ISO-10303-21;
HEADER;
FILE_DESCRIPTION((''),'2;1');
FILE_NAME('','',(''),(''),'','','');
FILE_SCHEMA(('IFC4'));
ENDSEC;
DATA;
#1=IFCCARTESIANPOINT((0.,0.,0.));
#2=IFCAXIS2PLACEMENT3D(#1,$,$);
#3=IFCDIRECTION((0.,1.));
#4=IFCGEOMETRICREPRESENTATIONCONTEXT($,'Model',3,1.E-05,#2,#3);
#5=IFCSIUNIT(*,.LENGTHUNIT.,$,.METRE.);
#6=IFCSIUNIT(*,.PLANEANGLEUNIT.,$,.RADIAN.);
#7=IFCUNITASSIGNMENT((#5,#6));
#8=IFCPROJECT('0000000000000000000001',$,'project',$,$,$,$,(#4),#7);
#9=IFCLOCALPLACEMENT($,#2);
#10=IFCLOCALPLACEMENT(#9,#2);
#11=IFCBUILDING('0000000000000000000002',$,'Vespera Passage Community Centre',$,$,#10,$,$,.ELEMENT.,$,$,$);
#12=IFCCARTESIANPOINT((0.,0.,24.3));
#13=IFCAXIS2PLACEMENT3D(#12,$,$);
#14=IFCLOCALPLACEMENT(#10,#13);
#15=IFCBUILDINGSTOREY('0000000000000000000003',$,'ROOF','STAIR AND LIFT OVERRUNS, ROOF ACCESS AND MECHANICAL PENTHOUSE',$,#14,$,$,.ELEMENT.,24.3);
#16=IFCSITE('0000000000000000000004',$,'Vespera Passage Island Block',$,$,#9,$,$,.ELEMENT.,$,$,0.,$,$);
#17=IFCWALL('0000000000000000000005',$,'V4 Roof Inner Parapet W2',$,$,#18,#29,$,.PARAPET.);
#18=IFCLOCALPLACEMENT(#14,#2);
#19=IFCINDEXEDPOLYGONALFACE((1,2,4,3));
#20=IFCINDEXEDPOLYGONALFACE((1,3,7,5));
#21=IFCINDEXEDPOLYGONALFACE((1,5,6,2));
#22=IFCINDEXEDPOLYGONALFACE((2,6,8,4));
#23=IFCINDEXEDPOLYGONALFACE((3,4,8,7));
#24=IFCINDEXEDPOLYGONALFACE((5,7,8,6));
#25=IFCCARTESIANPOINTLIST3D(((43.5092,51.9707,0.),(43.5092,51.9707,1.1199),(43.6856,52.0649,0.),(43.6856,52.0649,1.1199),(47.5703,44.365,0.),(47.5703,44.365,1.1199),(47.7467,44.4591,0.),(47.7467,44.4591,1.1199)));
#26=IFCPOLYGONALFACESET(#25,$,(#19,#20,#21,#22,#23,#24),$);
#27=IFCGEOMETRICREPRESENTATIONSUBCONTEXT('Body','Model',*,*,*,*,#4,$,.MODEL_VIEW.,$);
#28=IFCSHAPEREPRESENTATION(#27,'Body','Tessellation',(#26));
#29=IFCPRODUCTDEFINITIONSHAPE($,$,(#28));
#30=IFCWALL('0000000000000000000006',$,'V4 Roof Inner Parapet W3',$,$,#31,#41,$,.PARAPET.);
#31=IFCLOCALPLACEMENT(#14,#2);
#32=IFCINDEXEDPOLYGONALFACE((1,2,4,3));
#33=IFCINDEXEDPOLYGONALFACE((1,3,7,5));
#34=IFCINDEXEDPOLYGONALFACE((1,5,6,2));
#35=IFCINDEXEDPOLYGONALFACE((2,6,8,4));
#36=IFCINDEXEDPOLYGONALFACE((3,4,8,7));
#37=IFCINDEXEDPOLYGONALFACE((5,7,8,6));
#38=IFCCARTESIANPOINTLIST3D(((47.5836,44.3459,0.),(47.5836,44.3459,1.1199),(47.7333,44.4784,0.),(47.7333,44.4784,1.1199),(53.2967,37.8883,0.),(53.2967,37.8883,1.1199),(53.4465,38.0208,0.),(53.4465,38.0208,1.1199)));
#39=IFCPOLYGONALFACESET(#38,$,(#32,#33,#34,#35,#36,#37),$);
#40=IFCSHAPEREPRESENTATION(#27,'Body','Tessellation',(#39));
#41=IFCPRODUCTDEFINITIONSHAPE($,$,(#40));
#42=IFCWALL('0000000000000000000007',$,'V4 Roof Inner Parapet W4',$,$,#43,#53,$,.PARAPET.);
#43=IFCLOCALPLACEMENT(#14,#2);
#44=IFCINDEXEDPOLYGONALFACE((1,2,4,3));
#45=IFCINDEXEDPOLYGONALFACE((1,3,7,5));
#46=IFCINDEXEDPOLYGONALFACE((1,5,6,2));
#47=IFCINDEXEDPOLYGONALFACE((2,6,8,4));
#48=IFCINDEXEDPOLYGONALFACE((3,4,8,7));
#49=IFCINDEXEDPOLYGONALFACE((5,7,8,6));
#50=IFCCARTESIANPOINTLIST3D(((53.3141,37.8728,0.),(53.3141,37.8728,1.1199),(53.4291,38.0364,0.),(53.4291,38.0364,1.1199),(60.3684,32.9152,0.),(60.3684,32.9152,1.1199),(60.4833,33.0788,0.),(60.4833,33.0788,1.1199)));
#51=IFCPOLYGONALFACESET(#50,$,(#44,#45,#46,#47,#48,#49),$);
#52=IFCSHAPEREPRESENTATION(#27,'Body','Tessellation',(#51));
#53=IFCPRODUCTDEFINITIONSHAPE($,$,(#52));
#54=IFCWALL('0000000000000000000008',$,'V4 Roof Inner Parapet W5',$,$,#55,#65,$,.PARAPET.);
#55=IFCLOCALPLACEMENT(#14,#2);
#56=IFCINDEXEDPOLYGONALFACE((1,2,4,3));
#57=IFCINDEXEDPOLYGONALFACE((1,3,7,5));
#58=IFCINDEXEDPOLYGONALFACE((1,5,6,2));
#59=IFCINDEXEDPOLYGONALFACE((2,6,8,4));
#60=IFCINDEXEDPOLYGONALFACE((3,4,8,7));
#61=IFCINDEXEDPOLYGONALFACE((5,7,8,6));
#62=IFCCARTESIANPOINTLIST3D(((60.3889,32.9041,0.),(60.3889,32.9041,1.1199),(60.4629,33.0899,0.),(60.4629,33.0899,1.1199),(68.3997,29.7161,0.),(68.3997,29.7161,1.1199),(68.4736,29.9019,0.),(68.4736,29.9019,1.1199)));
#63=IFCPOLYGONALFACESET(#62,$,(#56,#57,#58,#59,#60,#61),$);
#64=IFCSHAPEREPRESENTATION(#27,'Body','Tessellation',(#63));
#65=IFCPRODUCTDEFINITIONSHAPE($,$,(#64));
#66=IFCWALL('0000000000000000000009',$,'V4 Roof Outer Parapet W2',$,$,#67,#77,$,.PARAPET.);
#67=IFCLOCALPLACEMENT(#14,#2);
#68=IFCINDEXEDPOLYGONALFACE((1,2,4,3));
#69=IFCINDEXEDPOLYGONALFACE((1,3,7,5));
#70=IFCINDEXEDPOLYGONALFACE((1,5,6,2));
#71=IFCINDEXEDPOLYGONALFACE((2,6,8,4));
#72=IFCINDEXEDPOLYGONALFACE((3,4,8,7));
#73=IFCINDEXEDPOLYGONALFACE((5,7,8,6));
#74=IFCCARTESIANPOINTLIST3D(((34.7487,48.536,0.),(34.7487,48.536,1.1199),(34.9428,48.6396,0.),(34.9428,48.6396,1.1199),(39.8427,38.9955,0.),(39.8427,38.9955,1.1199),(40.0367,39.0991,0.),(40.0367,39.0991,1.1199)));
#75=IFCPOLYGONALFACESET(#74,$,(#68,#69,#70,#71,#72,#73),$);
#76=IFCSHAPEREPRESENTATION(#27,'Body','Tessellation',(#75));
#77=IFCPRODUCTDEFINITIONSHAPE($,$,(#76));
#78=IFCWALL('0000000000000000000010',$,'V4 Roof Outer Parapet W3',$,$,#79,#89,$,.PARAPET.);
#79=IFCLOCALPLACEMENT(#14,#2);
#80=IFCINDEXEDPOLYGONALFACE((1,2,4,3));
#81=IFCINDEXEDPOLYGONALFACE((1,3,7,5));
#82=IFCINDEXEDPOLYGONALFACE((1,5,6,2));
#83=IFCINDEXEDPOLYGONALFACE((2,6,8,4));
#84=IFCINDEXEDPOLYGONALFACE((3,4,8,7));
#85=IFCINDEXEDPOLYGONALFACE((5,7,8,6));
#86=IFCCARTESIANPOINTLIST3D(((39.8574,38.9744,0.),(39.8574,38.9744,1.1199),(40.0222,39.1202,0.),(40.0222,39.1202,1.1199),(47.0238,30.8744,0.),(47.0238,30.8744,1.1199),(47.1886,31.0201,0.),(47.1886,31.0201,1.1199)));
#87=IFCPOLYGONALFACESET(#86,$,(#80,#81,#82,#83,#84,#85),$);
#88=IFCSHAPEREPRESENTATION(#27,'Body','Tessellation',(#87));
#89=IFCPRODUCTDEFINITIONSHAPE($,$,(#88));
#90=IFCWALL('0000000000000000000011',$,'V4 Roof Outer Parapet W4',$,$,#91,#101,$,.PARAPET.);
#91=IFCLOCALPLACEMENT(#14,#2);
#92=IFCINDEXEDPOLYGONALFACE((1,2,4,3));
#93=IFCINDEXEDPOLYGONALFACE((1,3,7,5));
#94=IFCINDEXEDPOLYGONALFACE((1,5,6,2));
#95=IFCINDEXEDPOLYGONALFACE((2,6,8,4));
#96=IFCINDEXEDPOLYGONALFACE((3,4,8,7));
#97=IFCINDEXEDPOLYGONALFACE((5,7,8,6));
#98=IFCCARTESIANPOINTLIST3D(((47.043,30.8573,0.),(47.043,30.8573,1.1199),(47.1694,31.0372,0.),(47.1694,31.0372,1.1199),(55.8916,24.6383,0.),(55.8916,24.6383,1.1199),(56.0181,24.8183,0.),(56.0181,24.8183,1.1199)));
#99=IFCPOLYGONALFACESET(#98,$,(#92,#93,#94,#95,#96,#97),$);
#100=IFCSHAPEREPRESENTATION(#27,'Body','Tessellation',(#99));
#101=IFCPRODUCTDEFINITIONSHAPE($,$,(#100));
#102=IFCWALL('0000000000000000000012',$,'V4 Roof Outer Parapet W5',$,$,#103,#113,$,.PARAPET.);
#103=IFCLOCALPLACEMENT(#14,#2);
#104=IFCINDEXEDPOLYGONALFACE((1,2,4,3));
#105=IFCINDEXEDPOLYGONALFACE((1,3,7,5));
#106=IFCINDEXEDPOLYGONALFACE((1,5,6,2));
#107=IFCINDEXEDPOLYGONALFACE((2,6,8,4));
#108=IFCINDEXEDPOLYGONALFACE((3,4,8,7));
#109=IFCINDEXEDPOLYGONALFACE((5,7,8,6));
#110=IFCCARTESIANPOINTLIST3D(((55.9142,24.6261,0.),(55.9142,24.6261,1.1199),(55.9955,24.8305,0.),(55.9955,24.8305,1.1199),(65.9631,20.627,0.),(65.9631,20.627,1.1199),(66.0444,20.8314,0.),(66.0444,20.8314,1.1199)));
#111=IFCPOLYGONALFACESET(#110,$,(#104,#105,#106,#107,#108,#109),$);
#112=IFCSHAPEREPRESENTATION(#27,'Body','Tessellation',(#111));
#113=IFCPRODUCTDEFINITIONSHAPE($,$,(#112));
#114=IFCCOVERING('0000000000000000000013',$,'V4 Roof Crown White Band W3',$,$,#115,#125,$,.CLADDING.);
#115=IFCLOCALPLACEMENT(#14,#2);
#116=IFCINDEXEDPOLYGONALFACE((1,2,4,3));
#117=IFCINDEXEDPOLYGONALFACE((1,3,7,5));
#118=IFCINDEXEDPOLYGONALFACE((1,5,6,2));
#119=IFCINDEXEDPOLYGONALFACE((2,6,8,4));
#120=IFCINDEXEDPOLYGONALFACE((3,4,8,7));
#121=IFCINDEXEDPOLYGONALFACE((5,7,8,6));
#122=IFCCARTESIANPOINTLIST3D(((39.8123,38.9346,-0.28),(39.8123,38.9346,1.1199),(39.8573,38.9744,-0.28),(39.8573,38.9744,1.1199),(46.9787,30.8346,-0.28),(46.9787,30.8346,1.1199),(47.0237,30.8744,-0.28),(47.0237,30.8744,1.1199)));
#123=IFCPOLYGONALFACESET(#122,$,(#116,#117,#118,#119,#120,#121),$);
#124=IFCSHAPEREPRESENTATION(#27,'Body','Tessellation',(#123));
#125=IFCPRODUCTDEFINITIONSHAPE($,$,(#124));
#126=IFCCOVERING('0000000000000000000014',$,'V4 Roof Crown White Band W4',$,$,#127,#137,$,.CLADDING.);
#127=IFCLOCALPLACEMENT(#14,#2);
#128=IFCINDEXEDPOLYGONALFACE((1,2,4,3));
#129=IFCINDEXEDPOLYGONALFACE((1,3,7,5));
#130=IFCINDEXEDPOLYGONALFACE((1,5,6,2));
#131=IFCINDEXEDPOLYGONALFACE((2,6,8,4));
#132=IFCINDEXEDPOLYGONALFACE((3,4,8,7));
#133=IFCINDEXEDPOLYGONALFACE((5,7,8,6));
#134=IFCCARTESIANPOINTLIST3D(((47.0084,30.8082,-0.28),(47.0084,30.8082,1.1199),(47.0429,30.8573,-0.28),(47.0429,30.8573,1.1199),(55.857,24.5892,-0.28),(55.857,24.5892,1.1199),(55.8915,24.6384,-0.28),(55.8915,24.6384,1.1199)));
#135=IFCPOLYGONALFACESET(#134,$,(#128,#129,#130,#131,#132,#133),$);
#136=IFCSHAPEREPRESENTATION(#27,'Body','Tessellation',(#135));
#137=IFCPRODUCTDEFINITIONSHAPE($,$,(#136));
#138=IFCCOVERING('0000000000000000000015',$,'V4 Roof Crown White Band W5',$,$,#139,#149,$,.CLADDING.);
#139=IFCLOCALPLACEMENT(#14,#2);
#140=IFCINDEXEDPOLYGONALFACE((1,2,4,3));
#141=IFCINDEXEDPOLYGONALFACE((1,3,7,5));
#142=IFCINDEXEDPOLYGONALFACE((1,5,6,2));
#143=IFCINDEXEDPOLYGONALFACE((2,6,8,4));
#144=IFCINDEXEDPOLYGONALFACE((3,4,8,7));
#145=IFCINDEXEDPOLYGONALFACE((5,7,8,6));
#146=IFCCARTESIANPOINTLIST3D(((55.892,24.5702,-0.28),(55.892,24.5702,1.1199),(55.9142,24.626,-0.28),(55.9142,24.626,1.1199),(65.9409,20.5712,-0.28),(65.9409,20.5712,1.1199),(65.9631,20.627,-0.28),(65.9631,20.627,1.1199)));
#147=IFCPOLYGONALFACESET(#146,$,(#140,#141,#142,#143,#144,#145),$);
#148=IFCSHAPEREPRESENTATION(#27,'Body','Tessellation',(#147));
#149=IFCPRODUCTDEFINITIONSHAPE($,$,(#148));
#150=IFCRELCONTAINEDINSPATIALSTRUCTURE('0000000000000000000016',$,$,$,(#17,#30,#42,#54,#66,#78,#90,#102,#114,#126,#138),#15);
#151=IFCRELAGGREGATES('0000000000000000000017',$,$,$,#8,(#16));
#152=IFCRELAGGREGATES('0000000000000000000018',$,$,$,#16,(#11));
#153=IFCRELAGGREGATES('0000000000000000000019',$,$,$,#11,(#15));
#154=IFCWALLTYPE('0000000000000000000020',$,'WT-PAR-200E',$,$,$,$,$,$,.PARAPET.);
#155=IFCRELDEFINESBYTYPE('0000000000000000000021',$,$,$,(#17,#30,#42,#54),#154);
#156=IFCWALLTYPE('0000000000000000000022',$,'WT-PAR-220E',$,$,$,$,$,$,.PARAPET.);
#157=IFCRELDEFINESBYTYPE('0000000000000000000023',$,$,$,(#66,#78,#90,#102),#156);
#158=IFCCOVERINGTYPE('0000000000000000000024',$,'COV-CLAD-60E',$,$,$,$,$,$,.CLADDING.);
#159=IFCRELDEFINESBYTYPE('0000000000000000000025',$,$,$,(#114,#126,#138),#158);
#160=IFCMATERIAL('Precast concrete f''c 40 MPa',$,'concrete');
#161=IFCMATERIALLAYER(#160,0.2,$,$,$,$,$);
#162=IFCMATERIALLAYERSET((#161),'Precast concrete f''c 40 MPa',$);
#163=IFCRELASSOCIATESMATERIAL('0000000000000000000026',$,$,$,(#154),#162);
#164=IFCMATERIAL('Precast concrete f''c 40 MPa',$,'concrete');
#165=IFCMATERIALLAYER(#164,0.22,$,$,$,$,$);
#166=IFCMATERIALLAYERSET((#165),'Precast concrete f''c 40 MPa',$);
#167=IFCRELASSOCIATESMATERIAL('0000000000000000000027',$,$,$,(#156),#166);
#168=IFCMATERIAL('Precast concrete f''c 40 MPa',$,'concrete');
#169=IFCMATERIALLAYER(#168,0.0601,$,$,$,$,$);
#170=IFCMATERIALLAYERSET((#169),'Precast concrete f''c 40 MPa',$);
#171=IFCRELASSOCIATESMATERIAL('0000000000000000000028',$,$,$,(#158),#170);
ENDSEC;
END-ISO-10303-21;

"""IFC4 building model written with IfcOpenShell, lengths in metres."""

from ifc_helpers import new_model, si_unit, direction, frame, frame_2d, origin, place, context, subcontext, project, spatial, rectangle, extrude, material, layer, layer_set, type_object, element, save


model = new_model("IFC4")

# Units and contexts
model_context = context("Model", 3, precision=1e-05, world=origin(), true_north=direction((0.0, 1.0)))
body_context = subcontext(model_context, "Body", "Model", "MODEL_VIEW")
ifc_project = project(units=[si_unit("LENGTHUNIT", "METRE"), si_unit("PLANEANGLEUNIT", "RADIAN")], contexts=[model_context])

# Site, building, storey
site_placement = place(None, origin())
site = spatial("IfcSite", under=ifc_project, at=site_placement, Name="Vespera Passage Island Block", CompositionType="ELEMENT", RefElevation=0.0)
building_placement = place(site_placement, origin())
building = spatial("IfcBuilding", under=site, at=building_placement, Name="Vespera Passage Community Centre", CompositionType="ELEMENT")
storey_placement = place(building_placement, frame((0.0, 0.0, 24.3)))
storey = spatial("IfcBuildingStorey", under=building, at=storey_placement, Name="ROOF", Description="STAIR AND LIFT OVERRUNS, ROOF ACCESS AND MECHANICAL PENTHOUSE", CompositionType="ELEMENT", Elevation=24.3)

# Walls
ifc_material_1 = material(Name="Precast concrete f'c 40 MPa", Category="concrete")
ifc_layer_1 = layer(ifc_material_1, 0.2)
ifc_layer_set_1 = layer_set([ifc_layer_1], Name="Precast concrete f'c 40 MPa")
wall_type_1 = type_object("IfcWallType", Name="WT-PAR-200E", PredefinedType="PARAPET", material=ifc_layer_set_1)
for number, where, z_axis, x_axis, name in (
    (1, (43.5974, 52.0178, 0.0), (0.0, 0.0, 1.0), (0.471009, -0.882129, 0.0), "V4 Roof Inner Parapet W2"),
    (2, (47.6584, 44.4121, 0.0), (0.0, 0.0, 1.0), (0.66262, -0.748955, 0.0), "V4 Roof Inner Parapet W3"),
    (3, (53.3716, 37.9546, 0.0), (0.0, 0.0, 1.0), (0.818164, -0.574985, 0.0), "V4 Roof Inner Parapet W4"),
):
    element("IfcWall", number, at=place(storey_placement, frame(where, z_axis=z_axis, x_axis=x_axis)), inside=storey, type_object=wall_type_1, Name=name, PredefinedType="PARAPET", context=body_context, shape_type="SweptSolid", body=[
        extrude(rectangle(XDim=8.6221, YDim=0.2, at=frame_2d((4.311, 0.0))), origin(), (0.0, 0.0, 1.0), 1.1199),
    ])
wall_1_placement = place(storey_placement, frame((60.4258, 32.9971, 0.0), z_axis=(0.0, 0.0, 1.0), x_axis=(0.929128, -0.369759, 0.0)))
element("IfcWall", 4, at=wall_1_placement, inside=storey, type_object=wall_type_1, Name="V4 Roof Inner Parapet W5", PredefinedType="PARAPET", context=body_context, shape_type="SweptSolid", body=[
    extrude(rectangle(XDim=8.6218, YDim=0.2, at=frame_2d((4.311, 0.0))), origin(), (0.0, 0.0, 1.0), 1.1199),
])
ifc_material_2 = material(Name="Precast concrete f'c 40 MPa", Category="concrete")
ifc_layer_2 = layer(ifc_material_2, 0.22)
ifc_layer_set_2 = layer_set([ifc_layer_2], Name="Precast concrete f'c 40 MPa")
wall_type_2 = type_object("IfcWallType", Name="WT-PAR-220E", PredefinedType="PARAPET", material=ifc_layer_set_2)
for number, where, z_axis, x_axis, name in (
    (5, (34.8457, 48.5879, 0.0), (0.0, 0.0, 1.0), (0.470999, -0.882134, 0.0), "V4 Roof Outer Parapet W2"),
    (6, (39.9397, 39.0474, 0.0), (0.0, 0.0, 1.0), (0.662627, -0.748949, 0.0), "V4 Roof Outer Parapet W3"),
):
    element("IfcWall", number, at=place(storey_placement, frame(where, z_axis=z_axis, x_axis=x_axis)), inside=storey, type_object=wall_type_2, Name=name, PredefinedType="PARAPET", context=body_context, shape_type="SweptSolid", body=[
        extrude(rectangle(XDim=10.8152, YDim=0.22, at=frame_2d((5.4077, 0.0))), origin(), (0.0, 0.0, 1.0), 1.1199),
    ])
for number, where, z_axis, x_axis, name in (
    (7, (47.1062, 30.9473, 0.0), (0.0, 0.0, 1.0), (0.818147, -0.57501, 0.0), "V4 Roof Outer Parapet W4"),
    (8, (55.9548, 24.7283, 0.0), (0.0, 0.0, 1.0), (0.929129, -0.369755, 0.0), "V4 Roof Outer Parapet W5"),
):
    element("IfcWall", number, at=place(storey_placement, frame(where, z_axis=z_axis, x_axis=x_axis)), inside=storey, type_object=wall_type_2, Name=name, PredefinedType="PARAPET", context=body_context, shape_type="SweptSolid", body=[
        extrude(rectangle(XDim=10.8154, YDim=0.22, at=frame_2d((5.4077, 0.0))), origin(), (0.0, 0.0, 1.0), 1.1199),
    ])

# Coverings
ifc_material_3 = material(Name="Precast concrete f'c 40 MPa", Category="concrete")
ifc_layer_3 = layer(ifc_material_3, 0.0601)
ifc_layer_set_3 = layer_set([ifc_layer_3], Name="Precast concrete f'c 40 MPa")
covering_type = type_object("IfcCoveringType", Name="COV-CLAD-60E", PredefinedType="CLADDING", material=ifc_layer_set_3)
covering_placement = place(storey_placement, frame((39.8347, 38.9546, -0.28), z_axis=(0.0, 0.0, 1.0), x_axis=(0.662627, -0.748949, 0.0)))
element("IfcCovering", 9, at=covering_placement, inside=storey, type_object=covering_type, Name="V4 Roof Crown White Band W3", PredefinedType="CLADDING", context=body_context, shape_type="SweptSolid", body=[
    extrude(rectangle(XDim=10.8152, YDim=0.0601, at=frame_2d((5.4077, 0.0))), origin(), (0.0, 0.0, 1.0), 1.3999),
])
for number, where, z_axis, x_axis, name in (
    (10, (47.0256, 30.8328, -0.28), (0.0, 0.0, 1.0), (0.818147, -0.57501, 0.0), "V4 Roof Crown White Band W4"),
    (11, (55.9031, 24.5981, -0.28), (0.0, 0.0, 1.0), (0.929129, -0.369755, 0.0), "V4 Roof Crown White Band W5"),
):
    element("IfcCovering", number, at=place(storey_placement, frame(where, z_axis=z_axis, x_axis=x_axis)), inside=storey, type_object=covering_type, Name=name, PredefinedType="CLADDING", context=body_context, shape_type="SweptSolid", body=[
        extrude(rectangle(XDim=10.8154, YDim=0.0601, at=frame_2d((5.4077, 0.0))), origin(), (0.0, 0.0, 1.0), 1.3999),
    ])

save(model, "model.ifc")
